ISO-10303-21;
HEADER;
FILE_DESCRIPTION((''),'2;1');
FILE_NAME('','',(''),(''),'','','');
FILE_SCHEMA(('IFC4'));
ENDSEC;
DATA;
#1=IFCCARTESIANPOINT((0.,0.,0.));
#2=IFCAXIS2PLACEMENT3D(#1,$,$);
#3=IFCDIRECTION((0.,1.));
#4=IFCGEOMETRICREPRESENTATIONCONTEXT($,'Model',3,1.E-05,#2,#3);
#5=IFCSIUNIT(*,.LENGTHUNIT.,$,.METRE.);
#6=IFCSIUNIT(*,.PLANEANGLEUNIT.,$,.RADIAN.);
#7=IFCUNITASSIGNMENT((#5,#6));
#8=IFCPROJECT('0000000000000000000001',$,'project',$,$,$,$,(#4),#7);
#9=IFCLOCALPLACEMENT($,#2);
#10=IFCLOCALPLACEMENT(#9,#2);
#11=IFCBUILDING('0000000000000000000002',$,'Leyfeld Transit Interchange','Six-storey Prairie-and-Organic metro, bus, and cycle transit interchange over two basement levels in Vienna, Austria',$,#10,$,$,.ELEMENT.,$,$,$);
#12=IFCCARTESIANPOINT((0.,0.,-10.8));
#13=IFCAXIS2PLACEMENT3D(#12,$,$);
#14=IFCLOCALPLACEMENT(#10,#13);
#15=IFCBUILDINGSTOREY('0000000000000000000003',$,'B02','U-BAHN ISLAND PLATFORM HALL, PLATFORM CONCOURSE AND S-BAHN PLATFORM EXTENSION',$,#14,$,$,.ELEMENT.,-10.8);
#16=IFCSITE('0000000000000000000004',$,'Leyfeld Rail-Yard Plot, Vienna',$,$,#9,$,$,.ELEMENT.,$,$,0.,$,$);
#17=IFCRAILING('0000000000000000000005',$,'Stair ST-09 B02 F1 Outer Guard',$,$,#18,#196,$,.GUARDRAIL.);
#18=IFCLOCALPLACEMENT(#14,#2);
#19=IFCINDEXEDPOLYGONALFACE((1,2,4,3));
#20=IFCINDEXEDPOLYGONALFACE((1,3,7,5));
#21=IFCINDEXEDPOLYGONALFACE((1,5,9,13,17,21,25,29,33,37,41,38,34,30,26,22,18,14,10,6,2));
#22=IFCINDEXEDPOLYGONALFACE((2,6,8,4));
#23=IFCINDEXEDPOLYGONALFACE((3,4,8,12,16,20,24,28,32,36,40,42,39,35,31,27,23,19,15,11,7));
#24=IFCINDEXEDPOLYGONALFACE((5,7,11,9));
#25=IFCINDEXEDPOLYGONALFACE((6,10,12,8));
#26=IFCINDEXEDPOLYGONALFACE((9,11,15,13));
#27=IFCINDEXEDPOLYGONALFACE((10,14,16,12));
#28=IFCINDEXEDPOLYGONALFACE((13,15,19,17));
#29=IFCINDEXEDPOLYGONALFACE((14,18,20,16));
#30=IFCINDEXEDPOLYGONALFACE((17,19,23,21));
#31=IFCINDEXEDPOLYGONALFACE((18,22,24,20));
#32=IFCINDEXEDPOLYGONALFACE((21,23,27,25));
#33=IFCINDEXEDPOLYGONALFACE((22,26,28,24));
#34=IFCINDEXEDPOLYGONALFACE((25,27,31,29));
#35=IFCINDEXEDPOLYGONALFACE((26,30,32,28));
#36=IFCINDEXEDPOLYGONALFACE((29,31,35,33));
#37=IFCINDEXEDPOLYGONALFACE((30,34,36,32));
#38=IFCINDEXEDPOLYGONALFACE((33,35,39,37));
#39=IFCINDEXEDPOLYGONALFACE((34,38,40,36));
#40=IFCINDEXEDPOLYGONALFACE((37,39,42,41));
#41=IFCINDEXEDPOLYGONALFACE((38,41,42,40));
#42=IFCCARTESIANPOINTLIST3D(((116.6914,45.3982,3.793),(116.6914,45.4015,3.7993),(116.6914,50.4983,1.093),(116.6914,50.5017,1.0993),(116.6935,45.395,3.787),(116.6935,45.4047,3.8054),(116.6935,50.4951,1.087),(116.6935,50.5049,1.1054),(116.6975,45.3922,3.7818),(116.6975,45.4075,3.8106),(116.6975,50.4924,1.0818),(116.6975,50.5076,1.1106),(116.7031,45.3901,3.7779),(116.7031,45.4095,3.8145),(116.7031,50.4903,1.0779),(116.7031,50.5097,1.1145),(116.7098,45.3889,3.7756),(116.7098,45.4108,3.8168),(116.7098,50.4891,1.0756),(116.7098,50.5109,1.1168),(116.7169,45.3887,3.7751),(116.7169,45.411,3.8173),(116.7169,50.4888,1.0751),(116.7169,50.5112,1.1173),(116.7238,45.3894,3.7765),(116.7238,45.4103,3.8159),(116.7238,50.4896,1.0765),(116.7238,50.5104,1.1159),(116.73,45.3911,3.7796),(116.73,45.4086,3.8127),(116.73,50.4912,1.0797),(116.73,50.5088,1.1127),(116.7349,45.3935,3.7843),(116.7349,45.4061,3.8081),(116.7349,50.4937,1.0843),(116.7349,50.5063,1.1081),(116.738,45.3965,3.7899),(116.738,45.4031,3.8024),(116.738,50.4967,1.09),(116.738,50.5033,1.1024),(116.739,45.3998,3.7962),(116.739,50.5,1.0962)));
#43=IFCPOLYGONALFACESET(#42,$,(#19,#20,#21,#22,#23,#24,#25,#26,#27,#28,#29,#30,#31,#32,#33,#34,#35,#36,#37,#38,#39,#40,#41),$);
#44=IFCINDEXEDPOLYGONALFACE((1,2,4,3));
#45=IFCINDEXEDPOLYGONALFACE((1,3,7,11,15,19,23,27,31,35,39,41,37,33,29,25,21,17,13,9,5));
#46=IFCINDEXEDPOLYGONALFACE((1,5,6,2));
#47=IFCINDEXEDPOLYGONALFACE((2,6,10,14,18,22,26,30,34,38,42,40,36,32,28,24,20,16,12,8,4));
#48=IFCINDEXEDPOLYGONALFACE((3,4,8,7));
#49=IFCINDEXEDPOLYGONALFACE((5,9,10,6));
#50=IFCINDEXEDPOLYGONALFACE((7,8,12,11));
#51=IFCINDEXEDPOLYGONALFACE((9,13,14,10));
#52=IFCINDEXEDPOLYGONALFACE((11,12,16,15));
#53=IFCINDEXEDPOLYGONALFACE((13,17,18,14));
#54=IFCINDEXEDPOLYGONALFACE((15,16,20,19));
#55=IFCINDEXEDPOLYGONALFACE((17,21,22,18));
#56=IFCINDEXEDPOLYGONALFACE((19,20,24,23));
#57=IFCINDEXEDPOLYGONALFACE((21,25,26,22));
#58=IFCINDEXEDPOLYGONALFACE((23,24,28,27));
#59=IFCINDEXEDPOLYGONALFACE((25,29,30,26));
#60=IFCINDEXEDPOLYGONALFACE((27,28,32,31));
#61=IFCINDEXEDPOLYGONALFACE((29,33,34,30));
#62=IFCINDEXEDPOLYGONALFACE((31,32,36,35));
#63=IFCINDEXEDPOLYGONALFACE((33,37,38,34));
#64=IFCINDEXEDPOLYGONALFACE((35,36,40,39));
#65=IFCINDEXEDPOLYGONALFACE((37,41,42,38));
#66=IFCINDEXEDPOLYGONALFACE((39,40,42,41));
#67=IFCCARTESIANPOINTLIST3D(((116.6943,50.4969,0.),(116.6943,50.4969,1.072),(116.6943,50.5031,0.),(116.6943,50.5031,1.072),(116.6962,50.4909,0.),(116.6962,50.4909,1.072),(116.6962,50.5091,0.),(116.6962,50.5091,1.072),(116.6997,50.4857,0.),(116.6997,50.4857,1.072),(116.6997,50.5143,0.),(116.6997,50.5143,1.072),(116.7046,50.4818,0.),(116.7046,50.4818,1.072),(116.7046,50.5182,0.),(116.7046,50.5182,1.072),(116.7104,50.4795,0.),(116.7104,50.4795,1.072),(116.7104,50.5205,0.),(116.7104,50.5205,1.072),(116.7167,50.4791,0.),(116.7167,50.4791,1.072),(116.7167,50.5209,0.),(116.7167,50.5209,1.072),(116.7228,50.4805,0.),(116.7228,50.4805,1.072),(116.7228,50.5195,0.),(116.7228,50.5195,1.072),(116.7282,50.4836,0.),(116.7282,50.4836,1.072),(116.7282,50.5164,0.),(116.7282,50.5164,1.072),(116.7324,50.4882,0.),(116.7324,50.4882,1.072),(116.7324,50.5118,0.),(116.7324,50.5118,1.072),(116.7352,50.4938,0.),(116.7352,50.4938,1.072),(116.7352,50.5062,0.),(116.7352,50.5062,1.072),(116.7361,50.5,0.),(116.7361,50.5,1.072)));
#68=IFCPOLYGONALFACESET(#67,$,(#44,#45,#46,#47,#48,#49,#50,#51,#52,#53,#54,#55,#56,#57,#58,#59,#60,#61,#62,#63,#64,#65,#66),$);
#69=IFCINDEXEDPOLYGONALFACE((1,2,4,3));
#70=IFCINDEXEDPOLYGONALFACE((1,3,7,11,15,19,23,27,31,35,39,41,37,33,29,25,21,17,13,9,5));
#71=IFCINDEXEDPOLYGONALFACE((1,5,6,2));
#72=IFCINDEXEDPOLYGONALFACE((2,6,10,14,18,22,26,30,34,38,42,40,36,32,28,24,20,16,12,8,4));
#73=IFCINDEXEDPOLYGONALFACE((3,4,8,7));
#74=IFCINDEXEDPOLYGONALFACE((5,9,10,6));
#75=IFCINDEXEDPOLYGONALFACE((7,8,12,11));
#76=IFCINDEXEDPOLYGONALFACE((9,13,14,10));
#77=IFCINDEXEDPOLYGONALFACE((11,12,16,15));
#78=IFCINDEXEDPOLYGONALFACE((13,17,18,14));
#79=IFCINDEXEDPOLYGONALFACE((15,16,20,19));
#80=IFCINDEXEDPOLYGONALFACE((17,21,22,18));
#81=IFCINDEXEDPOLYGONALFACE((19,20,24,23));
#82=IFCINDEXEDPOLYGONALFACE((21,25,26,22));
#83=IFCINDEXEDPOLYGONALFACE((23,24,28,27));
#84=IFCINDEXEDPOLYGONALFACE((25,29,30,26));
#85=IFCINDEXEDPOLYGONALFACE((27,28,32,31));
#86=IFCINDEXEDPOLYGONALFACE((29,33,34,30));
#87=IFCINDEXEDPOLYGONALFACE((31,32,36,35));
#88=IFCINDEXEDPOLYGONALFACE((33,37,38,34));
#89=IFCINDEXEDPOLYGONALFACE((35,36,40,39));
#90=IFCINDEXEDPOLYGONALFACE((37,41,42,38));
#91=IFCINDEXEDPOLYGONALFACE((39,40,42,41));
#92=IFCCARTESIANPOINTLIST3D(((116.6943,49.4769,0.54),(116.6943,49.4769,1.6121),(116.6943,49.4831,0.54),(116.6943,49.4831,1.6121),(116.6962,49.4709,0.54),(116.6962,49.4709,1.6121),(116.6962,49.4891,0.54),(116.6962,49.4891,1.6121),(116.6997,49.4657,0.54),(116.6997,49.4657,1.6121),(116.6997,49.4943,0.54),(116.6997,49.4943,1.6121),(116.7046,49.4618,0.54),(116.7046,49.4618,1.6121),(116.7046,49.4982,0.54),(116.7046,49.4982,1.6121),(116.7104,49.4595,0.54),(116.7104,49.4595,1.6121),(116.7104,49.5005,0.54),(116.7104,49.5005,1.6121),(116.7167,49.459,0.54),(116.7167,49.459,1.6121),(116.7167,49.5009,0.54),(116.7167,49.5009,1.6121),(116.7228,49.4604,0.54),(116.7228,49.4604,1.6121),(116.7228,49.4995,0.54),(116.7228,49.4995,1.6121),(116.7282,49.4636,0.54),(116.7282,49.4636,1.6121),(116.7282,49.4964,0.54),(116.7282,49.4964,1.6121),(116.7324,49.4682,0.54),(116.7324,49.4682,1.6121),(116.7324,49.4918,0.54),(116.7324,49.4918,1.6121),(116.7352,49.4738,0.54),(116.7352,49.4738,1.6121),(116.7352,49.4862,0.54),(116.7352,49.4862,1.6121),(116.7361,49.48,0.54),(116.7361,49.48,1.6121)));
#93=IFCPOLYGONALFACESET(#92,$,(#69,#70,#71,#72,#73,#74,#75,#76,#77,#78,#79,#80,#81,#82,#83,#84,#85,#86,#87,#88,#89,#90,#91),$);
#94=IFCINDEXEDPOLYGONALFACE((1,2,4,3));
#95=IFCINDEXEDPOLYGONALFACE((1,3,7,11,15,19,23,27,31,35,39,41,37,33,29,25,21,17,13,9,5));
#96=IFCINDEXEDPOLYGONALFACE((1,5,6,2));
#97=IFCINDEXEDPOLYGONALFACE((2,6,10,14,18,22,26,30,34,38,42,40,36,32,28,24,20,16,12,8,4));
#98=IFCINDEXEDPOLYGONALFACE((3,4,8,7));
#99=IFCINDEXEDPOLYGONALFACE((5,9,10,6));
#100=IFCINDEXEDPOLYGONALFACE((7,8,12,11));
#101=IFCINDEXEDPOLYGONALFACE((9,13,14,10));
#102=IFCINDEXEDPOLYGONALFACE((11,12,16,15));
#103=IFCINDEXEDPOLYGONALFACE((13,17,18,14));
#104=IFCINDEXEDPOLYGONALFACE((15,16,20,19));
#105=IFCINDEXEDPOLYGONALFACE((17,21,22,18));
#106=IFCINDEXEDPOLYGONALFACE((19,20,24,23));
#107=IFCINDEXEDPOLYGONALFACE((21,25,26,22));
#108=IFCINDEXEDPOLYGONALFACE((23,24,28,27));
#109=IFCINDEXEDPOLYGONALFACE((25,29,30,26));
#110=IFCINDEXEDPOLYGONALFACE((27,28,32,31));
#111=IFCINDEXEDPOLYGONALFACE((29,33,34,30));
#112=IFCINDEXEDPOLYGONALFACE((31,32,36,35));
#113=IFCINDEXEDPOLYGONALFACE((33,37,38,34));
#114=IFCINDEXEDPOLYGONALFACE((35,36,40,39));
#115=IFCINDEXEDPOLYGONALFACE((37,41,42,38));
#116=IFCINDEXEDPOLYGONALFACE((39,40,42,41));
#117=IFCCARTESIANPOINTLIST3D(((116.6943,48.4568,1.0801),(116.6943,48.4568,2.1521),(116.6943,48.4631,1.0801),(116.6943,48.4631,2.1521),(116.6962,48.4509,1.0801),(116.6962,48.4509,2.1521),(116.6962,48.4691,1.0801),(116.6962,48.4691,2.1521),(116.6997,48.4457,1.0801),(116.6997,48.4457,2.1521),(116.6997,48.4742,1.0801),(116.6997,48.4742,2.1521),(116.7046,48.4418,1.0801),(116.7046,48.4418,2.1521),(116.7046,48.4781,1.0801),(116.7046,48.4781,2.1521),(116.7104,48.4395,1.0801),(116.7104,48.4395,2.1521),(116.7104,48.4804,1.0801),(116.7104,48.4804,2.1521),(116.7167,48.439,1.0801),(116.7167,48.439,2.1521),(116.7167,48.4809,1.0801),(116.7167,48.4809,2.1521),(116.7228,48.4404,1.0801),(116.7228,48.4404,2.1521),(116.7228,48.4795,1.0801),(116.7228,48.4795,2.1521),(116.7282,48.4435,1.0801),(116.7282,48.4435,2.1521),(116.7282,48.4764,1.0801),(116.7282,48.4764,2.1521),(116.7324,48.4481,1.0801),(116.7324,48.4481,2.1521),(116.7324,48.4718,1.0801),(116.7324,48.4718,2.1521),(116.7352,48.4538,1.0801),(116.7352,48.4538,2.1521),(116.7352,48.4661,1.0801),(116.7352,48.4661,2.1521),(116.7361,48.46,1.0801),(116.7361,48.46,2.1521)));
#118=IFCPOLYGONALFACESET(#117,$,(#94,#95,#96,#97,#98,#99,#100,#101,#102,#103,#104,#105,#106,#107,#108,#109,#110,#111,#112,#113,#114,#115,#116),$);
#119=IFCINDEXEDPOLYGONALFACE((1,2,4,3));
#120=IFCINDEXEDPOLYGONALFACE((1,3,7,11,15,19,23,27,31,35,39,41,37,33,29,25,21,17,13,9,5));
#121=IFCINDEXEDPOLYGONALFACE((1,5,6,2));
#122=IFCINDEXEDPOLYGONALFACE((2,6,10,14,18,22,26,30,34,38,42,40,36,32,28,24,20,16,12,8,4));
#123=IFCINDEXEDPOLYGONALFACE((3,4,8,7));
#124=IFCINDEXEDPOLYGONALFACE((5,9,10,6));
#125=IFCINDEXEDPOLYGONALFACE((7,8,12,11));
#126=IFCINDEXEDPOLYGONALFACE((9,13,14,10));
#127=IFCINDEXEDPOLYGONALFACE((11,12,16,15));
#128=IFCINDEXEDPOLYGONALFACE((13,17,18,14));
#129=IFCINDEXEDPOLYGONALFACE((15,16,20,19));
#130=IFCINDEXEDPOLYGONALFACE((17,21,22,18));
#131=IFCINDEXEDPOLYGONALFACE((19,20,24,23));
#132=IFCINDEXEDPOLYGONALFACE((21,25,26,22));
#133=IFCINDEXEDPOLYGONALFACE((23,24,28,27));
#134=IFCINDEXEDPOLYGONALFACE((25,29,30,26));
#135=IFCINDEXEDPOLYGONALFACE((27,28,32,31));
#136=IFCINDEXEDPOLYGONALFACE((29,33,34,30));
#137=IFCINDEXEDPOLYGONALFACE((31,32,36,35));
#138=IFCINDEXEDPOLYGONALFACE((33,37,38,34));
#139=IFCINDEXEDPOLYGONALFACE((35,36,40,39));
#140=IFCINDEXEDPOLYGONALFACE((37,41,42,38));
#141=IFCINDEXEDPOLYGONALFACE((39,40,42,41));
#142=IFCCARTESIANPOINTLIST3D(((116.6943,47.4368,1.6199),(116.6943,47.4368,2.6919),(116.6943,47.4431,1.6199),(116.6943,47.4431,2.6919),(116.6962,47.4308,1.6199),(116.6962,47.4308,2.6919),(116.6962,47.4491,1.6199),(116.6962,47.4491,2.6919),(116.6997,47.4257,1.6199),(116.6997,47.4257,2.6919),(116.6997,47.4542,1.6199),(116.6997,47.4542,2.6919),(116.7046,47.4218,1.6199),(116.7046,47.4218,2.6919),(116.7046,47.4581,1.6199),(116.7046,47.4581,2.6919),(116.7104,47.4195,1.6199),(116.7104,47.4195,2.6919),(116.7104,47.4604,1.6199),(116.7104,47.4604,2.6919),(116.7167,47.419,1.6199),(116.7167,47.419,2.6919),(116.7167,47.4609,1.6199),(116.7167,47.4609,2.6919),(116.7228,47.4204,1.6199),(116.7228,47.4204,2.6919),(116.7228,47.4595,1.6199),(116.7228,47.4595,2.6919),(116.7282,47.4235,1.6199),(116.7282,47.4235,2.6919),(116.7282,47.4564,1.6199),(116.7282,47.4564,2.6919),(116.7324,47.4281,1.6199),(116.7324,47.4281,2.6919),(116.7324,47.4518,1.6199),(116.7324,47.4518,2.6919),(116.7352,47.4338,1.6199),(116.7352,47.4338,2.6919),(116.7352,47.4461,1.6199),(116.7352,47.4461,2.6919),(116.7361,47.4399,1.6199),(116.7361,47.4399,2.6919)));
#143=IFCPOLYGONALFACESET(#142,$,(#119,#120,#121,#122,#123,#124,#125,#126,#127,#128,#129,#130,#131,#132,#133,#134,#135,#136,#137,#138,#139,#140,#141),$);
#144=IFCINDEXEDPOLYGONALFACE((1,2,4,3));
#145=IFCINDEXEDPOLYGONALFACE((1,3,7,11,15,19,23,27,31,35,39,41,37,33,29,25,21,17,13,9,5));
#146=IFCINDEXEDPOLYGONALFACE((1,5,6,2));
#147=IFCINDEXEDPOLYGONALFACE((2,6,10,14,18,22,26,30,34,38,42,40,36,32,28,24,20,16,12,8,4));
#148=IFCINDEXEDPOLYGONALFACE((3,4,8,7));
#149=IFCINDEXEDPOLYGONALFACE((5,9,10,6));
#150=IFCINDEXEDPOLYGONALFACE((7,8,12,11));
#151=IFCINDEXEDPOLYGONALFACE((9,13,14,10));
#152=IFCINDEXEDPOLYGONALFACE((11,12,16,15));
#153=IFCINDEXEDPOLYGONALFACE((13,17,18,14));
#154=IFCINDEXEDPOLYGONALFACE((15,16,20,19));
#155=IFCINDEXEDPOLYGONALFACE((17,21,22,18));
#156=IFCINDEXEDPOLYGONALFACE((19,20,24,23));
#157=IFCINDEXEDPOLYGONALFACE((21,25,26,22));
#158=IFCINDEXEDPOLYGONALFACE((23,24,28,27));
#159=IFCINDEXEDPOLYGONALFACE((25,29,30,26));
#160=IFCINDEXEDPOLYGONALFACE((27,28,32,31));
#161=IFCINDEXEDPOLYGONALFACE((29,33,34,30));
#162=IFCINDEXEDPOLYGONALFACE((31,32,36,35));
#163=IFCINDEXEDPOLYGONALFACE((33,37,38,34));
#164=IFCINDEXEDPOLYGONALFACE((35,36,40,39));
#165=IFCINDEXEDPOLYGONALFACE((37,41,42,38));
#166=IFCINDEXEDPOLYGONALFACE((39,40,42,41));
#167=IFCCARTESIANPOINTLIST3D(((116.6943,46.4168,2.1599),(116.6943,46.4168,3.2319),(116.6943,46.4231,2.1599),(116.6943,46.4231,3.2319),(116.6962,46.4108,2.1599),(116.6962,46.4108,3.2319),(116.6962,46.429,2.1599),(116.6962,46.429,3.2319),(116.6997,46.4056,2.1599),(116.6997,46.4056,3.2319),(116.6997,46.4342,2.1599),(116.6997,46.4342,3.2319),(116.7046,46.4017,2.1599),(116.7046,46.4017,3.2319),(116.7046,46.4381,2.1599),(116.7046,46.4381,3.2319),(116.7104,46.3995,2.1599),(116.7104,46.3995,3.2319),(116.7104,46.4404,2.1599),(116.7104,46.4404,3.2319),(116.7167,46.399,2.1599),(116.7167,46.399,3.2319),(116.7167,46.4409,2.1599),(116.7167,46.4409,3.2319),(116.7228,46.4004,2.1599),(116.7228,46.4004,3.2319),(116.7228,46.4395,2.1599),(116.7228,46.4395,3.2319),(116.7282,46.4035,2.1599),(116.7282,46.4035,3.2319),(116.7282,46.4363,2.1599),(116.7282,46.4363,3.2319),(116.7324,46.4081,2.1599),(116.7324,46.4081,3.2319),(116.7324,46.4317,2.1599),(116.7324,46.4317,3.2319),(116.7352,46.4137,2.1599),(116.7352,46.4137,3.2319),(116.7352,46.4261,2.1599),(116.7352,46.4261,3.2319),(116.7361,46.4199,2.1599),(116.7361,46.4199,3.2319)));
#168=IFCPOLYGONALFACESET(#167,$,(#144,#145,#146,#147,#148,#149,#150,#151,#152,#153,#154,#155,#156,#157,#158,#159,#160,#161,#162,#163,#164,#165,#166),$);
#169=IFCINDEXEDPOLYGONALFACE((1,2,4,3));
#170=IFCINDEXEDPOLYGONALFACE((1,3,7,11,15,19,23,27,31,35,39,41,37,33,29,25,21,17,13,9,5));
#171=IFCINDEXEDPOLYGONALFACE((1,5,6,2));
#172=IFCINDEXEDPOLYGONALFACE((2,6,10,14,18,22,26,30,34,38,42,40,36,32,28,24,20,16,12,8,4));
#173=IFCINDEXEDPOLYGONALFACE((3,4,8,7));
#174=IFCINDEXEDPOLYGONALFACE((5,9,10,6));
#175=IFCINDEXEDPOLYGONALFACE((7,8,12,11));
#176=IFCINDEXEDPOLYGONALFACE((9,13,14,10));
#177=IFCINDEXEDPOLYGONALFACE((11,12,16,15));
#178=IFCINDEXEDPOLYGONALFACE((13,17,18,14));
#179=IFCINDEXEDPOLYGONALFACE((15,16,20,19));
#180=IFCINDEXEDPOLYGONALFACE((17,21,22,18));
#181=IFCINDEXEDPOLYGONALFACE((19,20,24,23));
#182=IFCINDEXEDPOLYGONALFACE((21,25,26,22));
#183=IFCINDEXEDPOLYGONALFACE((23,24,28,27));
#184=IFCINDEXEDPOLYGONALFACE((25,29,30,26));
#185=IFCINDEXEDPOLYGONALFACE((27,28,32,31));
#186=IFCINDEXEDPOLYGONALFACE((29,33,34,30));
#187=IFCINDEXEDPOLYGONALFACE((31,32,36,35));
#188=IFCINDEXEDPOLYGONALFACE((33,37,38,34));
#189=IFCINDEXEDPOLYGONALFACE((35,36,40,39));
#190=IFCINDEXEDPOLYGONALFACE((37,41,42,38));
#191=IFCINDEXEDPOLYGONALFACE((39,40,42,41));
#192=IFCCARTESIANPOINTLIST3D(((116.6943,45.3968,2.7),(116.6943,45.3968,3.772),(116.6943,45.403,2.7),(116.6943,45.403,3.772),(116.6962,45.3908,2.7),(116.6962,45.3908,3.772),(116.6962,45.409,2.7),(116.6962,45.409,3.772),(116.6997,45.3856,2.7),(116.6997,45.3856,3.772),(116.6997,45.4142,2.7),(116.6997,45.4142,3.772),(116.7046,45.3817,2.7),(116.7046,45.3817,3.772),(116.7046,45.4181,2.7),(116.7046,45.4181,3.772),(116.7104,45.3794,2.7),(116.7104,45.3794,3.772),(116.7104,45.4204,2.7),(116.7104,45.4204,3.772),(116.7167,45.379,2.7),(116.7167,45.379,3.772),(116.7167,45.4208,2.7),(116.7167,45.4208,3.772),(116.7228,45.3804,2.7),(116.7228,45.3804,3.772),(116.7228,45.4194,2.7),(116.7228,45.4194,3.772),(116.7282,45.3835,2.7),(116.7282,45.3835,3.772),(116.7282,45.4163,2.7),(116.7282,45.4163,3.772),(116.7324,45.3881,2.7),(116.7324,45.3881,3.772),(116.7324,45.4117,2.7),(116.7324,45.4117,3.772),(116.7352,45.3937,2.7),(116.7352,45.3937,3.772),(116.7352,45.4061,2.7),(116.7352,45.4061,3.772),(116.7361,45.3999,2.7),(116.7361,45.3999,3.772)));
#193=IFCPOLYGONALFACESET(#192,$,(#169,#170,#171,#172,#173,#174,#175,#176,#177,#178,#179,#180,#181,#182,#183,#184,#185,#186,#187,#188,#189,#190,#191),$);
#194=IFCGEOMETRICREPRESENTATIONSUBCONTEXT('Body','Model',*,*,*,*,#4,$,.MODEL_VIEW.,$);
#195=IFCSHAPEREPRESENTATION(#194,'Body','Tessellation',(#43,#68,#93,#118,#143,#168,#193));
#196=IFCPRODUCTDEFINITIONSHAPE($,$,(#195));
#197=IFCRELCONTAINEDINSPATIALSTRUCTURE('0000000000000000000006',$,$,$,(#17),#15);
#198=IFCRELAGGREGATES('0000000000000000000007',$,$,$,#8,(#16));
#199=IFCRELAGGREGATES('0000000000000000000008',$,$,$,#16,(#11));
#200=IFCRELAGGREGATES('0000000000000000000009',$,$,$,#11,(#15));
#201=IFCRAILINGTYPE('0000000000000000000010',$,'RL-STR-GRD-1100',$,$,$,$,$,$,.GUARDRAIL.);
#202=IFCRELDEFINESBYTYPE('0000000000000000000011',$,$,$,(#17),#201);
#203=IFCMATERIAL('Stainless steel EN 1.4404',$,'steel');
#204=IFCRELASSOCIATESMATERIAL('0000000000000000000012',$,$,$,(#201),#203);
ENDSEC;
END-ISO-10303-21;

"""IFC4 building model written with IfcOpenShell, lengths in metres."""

from ifc_helpers import new_model, si_unit, direction, frame, origin, origin_2d, place, context, subcontext, project, spatial, circle, extrude, material, type_object, element, save


model = new_model("IFC4")

# Units and contexts
model_context = context("Model", 3, precision=1e-05, world=origin(), true_north=direction((0.0, 1.0)))
body_context = subcontext(model_context, "Body", "Model", "MODEL_VIEW")
ifc_project = project(units=[si_unit("LENGTHUNIT", "METRE"), si_unit("PLANEANGLEUNIT", "RADIAN")], contexts=[model_context])

# Site, building, storey
site_placement = place(None, origin())
site = spatial("IfcSite", under=ifc_project, at=site_placement, Name="Leyfeld Rail-Yard Plot, Vienna", CompositionType="ELEMENT", RefElevation=0.0)
building_placement = place(site_placement, origin())
building = spatial("IfcBuilding", under=site, at=building_placement, Name="Leyfeld Transit Interchange", Description="Six-storey Prairie-and-Organic metro, bus, and cycle transit interchange over two basement levels in Vienna, Austria", CompositionType="ELEMENT")
storey_placement = place(building_placement, frame((0.0, 0.0, -10.8)))
storey = spatial("IfcBuildingStorey", under=building, at=storey_placement, Name="B02", Description="U-BAHN ISLAND PLATFORM HALL, PLATFORM CONCOURSE AND S-BAHN PLATFORM EXTENSION", CompositionType="ELEMENT", Elevation=-10.8)

# Railing
ifc_material_1 = material(Name="Stainless steel EN 1.4404", Category="steel")
railing_type_1 = type_object("IfcRailingType", Name="RL-STR-GRD-1100", PredefinedType="GUARDRAIL", material=ifc_material_1)
for number, where, name in (
    (1, (116.7151, 50.5, 0.0), "Stair ST-09 B02 F1 Outer Guard"),
):
    element("IfcRailing", number, at=place(storey_placement, frame(where)), inside=storey, type_object=railing_type_1, Name=name, PredefinedType="GUARDRAIL", context=body_context, shape_type="SweptSolid", body=[
        extrude(circle(Radius=0.0239, at=origin_2d()), frame((0.0, 0.0, 1.0962), z_axis=(0.0, -0.883795, 0.467874), x_axis=(1.0, 0.0, 0.0)), (0.0, 0.0, 1.0), 5.7708),
        extrude(circle(Radius=0.021, at=origin_2d()), origin(), (0.0, 0.0, 1.0), 1.072),
        extrude(circle(Radius=0.021, at=origin_2d()), frame((0.0, -1.02, 0.54)), (0.0, 0.0, 1.0), 1.072),
        extrude(circle(Radius=0.021, at=origin_2d()), frame((0.0, -2.04, 1.0801)), (0.0, 0.0, 1.0), 1.072),
        extrude(circle(Radius=0.021, at=origin_2d()), frame((0.0, -3.0601, 1.6199)), (0.0, 0.0, 1.0), 1.072),
        extrude(circle(Radius=0.021, at=origin_2d()), frame((0.0, -4.0801, 2.1599)), (0.0, 0.0, 1.0), 1.072),
        extrude(circle(Radius=0.021, at=origin_2d()), frame((0.0, -5.1001, 2.7)), (0.0, 0.0, 1.0), 1.072),
    ])

save(model, "model.ifc")
